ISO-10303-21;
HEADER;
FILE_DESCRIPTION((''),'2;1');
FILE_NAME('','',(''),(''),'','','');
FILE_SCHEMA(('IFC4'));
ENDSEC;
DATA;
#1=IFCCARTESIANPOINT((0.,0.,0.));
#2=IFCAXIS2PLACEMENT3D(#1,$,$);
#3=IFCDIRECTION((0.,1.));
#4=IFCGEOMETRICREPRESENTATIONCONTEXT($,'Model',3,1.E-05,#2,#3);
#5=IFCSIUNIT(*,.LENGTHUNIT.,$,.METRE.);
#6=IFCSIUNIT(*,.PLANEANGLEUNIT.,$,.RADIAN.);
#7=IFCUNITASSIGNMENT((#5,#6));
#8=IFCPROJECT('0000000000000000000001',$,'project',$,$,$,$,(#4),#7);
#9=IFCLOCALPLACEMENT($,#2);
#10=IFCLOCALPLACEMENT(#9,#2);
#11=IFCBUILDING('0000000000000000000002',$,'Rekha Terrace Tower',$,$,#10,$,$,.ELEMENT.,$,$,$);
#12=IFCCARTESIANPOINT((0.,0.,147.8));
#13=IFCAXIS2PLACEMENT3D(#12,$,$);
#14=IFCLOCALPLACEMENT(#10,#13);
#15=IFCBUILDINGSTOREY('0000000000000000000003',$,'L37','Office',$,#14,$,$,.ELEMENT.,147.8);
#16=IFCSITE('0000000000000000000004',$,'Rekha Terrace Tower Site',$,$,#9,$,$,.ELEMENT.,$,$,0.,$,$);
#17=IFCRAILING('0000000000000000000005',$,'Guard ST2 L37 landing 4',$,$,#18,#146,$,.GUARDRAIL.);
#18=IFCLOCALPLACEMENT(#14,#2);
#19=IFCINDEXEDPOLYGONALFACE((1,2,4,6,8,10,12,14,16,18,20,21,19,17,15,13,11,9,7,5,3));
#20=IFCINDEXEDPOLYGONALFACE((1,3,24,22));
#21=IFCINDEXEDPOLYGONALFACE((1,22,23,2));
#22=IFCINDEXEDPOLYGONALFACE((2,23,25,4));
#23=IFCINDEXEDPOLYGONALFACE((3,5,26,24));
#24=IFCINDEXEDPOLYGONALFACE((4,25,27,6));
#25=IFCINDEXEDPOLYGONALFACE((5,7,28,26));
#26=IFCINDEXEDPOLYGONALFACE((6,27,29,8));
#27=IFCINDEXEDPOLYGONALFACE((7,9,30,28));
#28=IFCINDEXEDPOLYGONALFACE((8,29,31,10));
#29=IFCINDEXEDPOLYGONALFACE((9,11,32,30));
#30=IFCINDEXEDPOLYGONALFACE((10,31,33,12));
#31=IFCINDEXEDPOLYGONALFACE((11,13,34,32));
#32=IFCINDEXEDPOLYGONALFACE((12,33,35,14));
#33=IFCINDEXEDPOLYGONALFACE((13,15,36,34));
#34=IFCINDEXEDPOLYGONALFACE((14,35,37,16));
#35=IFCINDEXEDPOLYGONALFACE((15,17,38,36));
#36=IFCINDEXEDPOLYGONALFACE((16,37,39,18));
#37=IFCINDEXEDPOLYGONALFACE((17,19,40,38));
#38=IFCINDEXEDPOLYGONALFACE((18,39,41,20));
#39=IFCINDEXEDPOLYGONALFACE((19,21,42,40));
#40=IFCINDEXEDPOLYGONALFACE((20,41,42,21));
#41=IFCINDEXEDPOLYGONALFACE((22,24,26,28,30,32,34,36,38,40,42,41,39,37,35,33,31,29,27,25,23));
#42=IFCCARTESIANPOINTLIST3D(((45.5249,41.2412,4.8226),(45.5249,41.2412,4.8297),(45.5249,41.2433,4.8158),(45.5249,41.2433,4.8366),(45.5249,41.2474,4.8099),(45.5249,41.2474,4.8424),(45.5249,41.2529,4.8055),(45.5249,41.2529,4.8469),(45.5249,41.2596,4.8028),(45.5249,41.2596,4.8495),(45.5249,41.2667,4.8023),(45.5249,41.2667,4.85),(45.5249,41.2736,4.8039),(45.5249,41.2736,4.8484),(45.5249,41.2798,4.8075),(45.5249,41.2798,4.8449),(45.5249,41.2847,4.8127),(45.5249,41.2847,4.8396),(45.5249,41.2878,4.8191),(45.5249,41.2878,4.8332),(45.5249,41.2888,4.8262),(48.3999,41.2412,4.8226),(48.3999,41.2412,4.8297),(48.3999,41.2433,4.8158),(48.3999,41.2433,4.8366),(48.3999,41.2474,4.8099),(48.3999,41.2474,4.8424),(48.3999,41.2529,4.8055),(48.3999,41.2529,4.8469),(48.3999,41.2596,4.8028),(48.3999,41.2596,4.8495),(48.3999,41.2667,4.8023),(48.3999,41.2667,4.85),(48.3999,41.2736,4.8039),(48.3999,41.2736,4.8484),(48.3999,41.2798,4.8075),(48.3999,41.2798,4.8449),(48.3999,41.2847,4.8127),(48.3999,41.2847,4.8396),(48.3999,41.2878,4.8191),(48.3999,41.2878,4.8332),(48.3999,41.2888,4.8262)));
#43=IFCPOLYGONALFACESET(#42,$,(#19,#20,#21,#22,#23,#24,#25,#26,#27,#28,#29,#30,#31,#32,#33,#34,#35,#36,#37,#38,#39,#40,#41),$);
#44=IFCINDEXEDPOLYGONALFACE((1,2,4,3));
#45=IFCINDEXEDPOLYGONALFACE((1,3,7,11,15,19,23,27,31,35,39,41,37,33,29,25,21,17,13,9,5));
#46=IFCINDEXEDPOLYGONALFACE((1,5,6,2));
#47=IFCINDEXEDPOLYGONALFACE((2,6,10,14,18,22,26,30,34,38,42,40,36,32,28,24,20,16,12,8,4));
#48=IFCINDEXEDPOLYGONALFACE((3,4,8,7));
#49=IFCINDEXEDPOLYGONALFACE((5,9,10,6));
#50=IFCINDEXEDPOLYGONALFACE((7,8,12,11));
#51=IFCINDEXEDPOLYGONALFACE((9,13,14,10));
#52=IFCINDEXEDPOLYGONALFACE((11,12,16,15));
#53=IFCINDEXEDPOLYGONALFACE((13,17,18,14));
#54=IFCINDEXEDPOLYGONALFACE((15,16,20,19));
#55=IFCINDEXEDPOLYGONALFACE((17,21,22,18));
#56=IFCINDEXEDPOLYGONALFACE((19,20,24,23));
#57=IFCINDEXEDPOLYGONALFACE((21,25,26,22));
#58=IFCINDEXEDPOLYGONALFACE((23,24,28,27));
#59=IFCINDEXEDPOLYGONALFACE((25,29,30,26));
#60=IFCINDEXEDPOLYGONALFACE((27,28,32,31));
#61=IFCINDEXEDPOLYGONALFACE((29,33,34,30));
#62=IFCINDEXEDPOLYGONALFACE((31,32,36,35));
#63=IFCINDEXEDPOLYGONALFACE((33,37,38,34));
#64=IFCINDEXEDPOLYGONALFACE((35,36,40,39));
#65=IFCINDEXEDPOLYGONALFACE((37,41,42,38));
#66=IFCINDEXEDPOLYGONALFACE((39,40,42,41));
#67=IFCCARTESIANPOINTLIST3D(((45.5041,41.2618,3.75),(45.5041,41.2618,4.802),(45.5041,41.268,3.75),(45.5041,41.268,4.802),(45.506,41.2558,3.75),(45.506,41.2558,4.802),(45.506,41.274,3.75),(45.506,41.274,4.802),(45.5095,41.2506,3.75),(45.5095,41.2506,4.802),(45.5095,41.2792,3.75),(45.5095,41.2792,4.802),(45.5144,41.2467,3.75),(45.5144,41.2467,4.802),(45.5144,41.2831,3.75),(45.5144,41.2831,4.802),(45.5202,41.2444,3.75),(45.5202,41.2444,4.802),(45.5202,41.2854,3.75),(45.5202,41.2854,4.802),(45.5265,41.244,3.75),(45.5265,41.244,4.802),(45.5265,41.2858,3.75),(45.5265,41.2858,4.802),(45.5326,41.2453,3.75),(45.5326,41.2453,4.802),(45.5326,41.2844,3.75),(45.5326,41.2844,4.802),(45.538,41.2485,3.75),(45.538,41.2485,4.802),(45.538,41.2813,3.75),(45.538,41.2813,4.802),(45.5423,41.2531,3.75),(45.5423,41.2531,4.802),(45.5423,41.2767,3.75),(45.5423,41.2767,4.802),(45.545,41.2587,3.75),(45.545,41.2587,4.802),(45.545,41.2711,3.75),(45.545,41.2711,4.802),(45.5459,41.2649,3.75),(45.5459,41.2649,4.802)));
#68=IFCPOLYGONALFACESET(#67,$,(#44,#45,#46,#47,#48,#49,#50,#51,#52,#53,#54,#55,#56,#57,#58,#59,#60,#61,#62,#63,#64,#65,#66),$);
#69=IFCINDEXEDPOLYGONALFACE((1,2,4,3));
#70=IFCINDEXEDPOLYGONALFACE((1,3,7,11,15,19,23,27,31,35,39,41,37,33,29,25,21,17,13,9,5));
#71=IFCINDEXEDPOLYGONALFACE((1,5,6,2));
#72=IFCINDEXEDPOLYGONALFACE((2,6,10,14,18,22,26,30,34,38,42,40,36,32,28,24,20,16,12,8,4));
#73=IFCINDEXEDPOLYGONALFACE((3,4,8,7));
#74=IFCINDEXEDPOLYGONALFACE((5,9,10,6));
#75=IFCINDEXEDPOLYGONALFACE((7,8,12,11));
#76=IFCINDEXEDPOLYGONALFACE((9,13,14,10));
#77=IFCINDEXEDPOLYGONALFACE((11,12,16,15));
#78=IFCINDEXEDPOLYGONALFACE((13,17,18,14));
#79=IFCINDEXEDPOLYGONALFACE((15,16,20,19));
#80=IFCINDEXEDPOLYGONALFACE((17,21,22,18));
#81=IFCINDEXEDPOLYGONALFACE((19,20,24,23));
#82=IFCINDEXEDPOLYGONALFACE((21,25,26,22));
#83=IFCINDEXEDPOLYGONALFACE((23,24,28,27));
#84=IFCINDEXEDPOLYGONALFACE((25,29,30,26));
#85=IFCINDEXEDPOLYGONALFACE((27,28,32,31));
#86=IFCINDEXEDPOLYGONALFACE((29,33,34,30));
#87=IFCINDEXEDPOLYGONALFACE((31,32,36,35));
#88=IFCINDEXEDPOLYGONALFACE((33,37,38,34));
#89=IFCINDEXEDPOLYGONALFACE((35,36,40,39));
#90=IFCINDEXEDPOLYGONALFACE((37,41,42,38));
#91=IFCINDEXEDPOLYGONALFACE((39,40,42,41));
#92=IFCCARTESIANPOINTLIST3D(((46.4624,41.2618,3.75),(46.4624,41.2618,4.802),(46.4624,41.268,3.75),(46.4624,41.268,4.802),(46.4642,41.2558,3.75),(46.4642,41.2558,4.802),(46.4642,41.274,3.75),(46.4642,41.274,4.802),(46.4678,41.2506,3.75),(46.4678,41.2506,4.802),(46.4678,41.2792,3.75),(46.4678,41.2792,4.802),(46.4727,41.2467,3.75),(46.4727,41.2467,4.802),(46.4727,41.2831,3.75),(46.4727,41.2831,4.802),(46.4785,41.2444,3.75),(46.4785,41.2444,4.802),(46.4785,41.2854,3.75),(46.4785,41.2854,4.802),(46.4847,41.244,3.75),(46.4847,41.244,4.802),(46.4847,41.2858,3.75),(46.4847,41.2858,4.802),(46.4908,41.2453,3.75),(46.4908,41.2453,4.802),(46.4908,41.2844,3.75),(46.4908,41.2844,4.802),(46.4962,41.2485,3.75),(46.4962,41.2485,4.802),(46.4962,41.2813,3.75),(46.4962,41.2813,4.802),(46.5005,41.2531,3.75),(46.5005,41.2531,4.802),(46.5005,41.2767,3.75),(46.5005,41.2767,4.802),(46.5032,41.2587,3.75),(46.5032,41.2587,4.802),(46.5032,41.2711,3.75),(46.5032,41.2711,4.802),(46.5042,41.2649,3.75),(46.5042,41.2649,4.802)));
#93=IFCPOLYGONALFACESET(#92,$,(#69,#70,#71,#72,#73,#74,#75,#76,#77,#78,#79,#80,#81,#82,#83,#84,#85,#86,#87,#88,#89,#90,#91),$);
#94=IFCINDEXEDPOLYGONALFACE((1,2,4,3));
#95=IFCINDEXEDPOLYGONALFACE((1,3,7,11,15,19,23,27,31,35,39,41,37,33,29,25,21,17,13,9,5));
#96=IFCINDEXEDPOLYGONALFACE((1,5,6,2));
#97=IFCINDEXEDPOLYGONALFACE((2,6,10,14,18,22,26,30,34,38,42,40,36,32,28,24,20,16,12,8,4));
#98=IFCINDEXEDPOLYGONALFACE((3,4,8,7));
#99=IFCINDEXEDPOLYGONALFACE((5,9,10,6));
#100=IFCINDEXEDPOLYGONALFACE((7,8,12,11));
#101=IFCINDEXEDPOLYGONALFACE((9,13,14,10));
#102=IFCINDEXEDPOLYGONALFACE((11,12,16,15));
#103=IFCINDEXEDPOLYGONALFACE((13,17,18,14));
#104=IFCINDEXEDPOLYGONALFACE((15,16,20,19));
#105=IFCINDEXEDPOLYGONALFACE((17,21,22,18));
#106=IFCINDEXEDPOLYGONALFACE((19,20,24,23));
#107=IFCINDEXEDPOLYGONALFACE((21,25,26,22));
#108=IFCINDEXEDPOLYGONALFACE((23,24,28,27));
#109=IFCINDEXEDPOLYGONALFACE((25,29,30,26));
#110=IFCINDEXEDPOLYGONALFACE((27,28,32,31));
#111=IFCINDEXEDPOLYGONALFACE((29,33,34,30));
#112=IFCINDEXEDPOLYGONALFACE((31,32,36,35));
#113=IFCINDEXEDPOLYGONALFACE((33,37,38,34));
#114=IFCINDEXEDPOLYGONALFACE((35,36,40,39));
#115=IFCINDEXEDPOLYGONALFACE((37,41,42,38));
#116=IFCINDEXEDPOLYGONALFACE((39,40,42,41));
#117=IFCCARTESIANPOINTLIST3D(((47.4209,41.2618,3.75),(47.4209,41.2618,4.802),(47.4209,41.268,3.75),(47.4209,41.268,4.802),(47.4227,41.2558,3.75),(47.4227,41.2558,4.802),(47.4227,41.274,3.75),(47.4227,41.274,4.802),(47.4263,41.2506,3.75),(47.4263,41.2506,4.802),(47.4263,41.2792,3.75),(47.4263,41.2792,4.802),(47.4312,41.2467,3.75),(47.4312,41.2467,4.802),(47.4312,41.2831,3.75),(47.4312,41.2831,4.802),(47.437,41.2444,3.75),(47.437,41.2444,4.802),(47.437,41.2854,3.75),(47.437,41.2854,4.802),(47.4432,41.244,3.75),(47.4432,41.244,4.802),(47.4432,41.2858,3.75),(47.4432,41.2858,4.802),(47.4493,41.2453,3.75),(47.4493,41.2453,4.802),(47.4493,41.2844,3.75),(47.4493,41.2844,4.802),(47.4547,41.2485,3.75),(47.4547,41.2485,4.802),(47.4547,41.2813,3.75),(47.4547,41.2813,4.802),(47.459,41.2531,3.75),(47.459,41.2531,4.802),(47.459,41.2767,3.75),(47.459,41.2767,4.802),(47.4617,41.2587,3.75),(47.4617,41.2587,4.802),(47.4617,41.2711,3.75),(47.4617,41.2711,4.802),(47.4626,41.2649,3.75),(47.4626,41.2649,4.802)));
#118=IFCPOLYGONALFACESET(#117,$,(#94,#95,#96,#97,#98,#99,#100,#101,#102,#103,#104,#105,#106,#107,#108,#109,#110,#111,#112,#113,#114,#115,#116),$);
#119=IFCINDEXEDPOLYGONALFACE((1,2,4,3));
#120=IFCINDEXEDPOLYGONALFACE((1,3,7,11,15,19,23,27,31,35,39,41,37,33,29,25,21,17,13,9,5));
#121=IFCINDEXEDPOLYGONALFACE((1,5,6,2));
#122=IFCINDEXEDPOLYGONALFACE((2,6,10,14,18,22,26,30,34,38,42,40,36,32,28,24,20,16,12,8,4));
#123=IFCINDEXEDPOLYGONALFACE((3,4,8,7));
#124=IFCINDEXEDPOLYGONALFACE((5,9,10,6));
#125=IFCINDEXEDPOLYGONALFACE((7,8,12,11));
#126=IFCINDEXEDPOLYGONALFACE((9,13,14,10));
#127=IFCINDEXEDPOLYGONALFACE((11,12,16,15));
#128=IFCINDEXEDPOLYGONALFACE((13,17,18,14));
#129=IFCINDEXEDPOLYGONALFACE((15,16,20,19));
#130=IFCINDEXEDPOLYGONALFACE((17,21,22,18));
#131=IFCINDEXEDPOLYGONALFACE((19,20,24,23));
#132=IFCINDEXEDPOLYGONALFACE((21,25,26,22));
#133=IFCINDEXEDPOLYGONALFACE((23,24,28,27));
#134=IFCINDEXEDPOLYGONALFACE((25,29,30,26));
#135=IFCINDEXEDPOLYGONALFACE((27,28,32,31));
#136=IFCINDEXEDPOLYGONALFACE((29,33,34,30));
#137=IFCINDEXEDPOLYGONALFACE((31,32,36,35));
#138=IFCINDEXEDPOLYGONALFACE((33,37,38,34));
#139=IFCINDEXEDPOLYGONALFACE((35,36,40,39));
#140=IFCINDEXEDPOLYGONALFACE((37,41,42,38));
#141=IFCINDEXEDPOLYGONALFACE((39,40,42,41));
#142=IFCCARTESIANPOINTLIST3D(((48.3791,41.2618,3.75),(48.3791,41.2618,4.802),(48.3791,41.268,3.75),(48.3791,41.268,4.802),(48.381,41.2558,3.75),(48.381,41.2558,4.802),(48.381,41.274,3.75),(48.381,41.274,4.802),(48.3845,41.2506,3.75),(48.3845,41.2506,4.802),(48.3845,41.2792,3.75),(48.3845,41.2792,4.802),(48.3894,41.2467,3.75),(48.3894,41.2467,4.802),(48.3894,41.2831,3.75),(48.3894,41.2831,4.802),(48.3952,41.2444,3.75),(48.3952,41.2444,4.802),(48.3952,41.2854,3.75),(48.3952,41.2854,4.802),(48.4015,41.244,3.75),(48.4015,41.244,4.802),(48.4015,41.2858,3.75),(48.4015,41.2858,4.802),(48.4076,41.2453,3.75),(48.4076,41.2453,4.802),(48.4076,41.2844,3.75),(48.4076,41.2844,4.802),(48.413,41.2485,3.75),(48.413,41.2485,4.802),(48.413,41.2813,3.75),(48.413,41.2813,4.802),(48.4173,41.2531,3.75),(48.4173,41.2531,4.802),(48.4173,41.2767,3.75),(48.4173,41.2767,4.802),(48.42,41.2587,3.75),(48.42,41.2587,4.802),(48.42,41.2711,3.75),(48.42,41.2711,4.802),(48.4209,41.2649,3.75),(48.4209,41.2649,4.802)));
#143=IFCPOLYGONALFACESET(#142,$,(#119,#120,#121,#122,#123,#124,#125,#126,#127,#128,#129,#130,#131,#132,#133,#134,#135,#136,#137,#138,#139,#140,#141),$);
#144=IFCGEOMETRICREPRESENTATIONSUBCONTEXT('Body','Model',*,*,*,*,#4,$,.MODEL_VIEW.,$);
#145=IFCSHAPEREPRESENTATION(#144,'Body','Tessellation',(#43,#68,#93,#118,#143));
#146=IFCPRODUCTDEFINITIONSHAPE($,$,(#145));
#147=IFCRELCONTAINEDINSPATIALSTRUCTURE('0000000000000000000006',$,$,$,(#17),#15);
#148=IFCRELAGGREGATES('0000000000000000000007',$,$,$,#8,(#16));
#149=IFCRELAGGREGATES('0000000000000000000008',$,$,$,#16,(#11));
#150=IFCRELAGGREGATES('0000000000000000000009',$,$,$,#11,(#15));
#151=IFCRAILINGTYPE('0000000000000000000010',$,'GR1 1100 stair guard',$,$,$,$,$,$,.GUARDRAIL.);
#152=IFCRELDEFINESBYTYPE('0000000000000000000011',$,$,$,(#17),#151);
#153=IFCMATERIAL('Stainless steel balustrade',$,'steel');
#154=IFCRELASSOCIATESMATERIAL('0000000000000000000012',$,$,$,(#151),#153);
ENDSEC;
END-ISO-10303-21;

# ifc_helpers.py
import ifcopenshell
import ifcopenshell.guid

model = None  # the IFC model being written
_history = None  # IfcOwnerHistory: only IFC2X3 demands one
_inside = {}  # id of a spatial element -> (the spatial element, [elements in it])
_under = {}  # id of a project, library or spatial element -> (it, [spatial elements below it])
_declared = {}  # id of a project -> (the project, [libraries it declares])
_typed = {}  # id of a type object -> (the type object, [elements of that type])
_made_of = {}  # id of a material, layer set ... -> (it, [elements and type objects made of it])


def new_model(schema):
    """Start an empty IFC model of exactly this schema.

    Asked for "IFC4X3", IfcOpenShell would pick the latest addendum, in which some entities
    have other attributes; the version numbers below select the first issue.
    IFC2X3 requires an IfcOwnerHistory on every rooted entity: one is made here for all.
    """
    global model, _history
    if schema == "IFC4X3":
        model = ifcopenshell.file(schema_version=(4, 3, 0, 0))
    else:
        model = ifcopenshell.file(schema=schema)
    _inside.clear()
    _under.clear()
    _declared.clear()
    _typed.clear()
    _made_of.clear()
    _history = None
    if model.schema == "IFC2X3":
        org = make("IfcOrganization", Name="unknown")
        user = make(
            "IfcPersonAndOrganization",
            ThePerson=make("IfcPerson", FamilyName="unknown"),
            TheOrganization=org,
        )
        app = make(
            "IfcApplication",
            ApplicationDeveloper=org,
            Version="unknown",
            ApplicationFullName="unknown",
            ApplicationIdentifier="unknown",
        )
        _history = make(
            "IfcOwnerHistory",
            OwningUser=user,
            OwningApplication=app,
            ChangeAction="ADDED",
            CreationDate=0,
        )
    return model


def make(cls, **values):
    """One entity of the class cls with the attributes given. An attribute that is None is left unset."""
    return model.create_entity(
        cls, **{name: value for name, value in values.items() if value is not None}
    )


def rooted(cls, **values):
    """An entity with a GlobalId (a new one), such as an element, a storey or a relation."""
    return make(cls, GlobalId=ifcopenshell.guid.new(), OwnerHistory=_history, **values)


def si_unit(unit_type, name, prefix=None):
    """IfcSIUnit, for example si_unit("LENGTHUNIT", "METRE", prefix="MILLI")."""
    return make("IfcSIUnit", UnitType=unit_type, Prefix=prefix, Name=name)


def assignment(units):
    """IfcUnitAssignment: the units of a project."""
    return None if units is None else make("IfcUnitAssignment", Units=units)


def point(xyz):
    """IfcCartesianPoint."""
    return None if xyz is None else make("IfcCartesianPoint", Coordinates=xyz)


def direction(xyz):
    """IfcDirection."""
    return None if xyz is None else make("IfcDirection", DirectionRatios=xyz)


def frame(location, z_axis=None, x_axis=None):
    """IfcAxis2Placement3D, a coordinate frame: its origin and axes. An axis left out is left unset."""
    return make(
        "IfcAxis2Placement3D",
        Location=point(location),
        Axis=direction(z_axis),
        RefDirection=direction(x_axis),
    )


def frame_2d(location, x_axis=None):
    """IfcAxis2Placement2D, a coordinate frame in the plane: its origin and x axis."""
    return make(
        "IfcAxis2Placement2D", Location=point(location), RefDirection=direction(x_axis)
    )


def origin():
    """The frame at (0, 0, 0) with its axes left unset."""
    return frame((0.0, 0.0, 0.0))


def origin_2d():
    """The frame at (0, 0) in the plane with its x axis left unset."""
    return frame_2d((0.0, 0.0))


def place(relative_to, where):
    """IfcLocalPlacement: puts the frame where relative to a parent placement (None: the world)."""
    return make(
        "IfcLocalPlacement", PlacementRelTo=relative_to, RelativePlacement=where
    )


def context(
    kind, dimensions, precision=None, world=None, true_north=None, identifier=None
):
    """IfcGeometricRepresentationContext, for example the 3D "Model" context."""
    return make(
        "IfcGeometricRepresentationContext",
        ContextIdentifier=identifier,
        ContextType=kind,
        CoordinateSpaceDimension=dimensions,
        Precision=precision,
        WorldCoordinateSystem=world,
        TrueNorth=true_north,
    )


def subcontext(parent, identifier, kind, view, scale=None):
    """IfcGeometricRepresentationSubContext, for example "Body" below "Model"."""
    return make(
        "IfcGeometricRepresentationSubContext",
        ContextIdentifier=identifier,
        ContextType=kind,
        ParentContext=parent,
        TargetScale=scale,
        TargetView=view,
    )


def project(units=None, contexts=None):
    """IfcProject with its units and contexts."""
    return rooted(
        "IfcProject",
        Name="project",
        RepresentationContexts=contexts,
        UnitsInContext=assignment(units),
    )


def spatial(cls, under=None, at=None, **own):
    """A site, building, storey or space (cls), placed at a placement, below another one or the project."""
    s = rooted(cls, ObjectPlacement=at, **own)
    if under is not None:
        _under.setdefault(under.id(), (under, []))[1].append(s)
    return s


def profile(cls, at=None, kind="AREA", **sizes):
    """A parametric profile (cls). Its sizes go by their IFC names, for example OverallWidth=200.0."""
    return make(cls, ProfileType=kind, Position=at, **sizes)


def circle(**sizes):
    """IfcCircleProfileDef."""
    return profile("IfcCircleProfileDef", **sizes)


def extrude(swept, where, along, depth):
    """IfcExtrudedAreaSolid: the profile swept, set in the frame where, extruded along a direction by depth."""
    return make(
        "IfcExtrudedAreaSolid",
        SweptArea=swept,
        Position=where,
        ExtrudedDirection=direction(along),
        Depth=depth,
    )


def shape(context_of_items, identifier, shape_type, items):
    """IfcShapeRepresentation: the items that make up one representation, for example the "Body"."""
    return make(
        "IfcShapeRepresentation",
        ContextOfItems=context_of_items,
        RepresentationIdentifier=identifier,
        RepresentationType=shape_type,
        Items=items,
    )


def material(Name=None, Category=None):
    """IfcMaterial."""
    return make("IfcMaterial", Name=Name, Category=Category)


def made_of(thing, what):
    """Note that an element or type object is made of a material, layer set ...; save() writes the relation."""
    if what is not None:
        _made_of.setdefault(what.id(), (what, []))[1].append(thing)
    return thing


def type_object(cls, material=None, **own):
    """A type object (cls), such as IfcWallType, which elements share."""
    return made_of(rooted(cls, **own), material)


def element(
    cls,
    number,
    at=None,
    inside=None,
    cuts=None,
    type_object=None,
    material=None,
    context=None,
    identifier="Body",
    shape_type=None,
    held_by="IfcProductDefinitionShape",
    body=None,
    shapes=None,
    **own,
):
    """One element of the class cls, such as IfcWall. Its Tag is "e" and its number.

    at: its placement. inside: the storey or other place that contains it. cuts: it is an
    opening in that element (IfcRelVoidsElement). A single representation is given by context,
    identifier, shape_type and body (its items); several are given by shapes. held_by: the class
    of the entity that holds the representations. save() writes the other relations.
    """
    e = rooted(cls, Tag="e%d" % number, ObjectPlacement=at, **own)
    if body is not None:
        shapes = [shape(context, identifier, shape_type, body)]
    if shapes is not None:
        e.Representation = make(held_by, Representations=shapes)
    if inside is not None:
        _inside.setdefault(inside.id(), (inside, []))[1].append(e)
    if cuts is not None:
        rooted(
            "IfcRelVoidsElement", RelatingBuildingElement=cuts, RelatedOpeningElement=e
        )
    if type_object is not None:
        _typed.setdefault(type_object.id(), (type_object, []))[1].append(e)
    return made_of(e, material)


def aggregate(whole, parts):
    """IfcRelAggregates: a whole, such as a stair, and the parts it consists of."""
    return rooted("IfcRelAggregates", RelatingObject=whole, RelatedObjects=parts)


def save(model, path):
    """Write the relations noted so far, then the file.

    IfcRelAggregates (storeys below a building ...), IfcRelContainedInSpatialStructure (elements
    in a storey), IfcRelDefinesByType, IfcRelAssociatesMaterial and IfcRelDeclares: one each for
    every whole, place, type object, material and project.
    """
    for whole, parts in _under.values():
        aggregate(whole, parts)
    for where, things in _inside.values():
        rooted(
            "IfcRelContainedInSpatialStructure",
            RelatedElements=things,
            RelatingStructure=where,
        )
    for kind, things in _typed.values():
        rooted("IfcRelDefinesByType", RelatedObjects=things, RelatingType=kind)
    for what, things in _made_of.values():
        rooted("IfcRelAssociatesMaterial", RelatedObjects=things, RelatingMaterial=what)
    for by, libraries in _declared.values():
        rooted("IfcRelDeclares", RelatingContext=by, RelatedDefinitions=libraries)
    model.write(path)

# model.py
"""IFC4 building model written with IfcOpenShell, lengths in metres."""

from ifc_helpers import new_model, si_unit, direction, frame, origin, origin_2d, place, context, subcontext, project, spatial, circle, extrude, material, type_object, element, save


model = new_model("IFC4")

# Units and contexts
model_context = context("Model", 3, precision=1e-05, world=origin(), true_north=direction((0.0, 1.0)))
body_context = subcontext(model_context, "Body", "Model", "MODEL_VIEW")
ifc_project = project(units=[si_unit("LENGTHUNIT", "METRE"), si_unit("PLANEANGLEUNIT", "RADIAN")], contexts=[model_context])

# Site, building, storey
site_placement = place(None, origin())
site = spatial("IfcSite", under=ifc_project, at=site_placement, Name="Rekha Terrace Tower Site", CompositionType="ELEMENT", RefElevation=0.0)
building_placement = place(site_placement, origin())
building = spatial("IfcBuilding", under=site, at=building_placement, Name="Rekha Terrace Tower", CompositionType="ELEMENT")
storey_placement = place(building_placement, frame((0.0, 0.0, 147.8)))
storey = spatial("IfcBuildingStorey", under=building, at=storey_placement, Name="L37", Description="Office", CompositionType="ELEMENT", Elevation=147.8)

# Railing
ifc_material_1 = material(Name="Stainless steel balustrade", Category="steel")
railing_type_1 = type_object("IfcRailingType", Name="GR1 1100 stair guard", PredefinedType="GUARDRAIL", material=ifc_material_1)
railing_1_placement = place(storey_placement, frame((45.5249, 41.2649, 3.75)))
element("IfcRailing", 1, at=railing_1_placement, inside=storey, type_object=railing_type_1, Name="Guard ST2 L37 landing 4", PredefinedType="GUARDRAIL", context=body_context, shape_type="SweptSolid", body=[
    extrude(circle(Radius=0.0239, at=origin_2d()), frame((0.0, 0.0, 1.0762), z_axis=(1.0, 0.0, 0.0), x_axis=(0.0, 1.0, 0.0)), (0.0, 0.0, 1.0), 2.875),
    extrude(circle(Radius=0.021, at=origin_2d()), origin(), (0.0, 0.0, 1.0), 1.052),
    extrude(circle(Radius=0.021, at=origin_2d()), frame((0.9583, 0.0, 0.0)), (0.0, 0.0, 1.0), 1.052),
    extrude(circle(Radius=0.021, at=origin_2d()), frame((1.9167, 0.0, 0.0)), (0.0, 0.0, 1.0), 1.052),
    extrude(circle(Radius=0.021, at=origin_2d()), frame((2.875, 0.0, 0.0)), (0.0, 0.0, 1.0), 1.052),
])

save(model, "model.ifc")
